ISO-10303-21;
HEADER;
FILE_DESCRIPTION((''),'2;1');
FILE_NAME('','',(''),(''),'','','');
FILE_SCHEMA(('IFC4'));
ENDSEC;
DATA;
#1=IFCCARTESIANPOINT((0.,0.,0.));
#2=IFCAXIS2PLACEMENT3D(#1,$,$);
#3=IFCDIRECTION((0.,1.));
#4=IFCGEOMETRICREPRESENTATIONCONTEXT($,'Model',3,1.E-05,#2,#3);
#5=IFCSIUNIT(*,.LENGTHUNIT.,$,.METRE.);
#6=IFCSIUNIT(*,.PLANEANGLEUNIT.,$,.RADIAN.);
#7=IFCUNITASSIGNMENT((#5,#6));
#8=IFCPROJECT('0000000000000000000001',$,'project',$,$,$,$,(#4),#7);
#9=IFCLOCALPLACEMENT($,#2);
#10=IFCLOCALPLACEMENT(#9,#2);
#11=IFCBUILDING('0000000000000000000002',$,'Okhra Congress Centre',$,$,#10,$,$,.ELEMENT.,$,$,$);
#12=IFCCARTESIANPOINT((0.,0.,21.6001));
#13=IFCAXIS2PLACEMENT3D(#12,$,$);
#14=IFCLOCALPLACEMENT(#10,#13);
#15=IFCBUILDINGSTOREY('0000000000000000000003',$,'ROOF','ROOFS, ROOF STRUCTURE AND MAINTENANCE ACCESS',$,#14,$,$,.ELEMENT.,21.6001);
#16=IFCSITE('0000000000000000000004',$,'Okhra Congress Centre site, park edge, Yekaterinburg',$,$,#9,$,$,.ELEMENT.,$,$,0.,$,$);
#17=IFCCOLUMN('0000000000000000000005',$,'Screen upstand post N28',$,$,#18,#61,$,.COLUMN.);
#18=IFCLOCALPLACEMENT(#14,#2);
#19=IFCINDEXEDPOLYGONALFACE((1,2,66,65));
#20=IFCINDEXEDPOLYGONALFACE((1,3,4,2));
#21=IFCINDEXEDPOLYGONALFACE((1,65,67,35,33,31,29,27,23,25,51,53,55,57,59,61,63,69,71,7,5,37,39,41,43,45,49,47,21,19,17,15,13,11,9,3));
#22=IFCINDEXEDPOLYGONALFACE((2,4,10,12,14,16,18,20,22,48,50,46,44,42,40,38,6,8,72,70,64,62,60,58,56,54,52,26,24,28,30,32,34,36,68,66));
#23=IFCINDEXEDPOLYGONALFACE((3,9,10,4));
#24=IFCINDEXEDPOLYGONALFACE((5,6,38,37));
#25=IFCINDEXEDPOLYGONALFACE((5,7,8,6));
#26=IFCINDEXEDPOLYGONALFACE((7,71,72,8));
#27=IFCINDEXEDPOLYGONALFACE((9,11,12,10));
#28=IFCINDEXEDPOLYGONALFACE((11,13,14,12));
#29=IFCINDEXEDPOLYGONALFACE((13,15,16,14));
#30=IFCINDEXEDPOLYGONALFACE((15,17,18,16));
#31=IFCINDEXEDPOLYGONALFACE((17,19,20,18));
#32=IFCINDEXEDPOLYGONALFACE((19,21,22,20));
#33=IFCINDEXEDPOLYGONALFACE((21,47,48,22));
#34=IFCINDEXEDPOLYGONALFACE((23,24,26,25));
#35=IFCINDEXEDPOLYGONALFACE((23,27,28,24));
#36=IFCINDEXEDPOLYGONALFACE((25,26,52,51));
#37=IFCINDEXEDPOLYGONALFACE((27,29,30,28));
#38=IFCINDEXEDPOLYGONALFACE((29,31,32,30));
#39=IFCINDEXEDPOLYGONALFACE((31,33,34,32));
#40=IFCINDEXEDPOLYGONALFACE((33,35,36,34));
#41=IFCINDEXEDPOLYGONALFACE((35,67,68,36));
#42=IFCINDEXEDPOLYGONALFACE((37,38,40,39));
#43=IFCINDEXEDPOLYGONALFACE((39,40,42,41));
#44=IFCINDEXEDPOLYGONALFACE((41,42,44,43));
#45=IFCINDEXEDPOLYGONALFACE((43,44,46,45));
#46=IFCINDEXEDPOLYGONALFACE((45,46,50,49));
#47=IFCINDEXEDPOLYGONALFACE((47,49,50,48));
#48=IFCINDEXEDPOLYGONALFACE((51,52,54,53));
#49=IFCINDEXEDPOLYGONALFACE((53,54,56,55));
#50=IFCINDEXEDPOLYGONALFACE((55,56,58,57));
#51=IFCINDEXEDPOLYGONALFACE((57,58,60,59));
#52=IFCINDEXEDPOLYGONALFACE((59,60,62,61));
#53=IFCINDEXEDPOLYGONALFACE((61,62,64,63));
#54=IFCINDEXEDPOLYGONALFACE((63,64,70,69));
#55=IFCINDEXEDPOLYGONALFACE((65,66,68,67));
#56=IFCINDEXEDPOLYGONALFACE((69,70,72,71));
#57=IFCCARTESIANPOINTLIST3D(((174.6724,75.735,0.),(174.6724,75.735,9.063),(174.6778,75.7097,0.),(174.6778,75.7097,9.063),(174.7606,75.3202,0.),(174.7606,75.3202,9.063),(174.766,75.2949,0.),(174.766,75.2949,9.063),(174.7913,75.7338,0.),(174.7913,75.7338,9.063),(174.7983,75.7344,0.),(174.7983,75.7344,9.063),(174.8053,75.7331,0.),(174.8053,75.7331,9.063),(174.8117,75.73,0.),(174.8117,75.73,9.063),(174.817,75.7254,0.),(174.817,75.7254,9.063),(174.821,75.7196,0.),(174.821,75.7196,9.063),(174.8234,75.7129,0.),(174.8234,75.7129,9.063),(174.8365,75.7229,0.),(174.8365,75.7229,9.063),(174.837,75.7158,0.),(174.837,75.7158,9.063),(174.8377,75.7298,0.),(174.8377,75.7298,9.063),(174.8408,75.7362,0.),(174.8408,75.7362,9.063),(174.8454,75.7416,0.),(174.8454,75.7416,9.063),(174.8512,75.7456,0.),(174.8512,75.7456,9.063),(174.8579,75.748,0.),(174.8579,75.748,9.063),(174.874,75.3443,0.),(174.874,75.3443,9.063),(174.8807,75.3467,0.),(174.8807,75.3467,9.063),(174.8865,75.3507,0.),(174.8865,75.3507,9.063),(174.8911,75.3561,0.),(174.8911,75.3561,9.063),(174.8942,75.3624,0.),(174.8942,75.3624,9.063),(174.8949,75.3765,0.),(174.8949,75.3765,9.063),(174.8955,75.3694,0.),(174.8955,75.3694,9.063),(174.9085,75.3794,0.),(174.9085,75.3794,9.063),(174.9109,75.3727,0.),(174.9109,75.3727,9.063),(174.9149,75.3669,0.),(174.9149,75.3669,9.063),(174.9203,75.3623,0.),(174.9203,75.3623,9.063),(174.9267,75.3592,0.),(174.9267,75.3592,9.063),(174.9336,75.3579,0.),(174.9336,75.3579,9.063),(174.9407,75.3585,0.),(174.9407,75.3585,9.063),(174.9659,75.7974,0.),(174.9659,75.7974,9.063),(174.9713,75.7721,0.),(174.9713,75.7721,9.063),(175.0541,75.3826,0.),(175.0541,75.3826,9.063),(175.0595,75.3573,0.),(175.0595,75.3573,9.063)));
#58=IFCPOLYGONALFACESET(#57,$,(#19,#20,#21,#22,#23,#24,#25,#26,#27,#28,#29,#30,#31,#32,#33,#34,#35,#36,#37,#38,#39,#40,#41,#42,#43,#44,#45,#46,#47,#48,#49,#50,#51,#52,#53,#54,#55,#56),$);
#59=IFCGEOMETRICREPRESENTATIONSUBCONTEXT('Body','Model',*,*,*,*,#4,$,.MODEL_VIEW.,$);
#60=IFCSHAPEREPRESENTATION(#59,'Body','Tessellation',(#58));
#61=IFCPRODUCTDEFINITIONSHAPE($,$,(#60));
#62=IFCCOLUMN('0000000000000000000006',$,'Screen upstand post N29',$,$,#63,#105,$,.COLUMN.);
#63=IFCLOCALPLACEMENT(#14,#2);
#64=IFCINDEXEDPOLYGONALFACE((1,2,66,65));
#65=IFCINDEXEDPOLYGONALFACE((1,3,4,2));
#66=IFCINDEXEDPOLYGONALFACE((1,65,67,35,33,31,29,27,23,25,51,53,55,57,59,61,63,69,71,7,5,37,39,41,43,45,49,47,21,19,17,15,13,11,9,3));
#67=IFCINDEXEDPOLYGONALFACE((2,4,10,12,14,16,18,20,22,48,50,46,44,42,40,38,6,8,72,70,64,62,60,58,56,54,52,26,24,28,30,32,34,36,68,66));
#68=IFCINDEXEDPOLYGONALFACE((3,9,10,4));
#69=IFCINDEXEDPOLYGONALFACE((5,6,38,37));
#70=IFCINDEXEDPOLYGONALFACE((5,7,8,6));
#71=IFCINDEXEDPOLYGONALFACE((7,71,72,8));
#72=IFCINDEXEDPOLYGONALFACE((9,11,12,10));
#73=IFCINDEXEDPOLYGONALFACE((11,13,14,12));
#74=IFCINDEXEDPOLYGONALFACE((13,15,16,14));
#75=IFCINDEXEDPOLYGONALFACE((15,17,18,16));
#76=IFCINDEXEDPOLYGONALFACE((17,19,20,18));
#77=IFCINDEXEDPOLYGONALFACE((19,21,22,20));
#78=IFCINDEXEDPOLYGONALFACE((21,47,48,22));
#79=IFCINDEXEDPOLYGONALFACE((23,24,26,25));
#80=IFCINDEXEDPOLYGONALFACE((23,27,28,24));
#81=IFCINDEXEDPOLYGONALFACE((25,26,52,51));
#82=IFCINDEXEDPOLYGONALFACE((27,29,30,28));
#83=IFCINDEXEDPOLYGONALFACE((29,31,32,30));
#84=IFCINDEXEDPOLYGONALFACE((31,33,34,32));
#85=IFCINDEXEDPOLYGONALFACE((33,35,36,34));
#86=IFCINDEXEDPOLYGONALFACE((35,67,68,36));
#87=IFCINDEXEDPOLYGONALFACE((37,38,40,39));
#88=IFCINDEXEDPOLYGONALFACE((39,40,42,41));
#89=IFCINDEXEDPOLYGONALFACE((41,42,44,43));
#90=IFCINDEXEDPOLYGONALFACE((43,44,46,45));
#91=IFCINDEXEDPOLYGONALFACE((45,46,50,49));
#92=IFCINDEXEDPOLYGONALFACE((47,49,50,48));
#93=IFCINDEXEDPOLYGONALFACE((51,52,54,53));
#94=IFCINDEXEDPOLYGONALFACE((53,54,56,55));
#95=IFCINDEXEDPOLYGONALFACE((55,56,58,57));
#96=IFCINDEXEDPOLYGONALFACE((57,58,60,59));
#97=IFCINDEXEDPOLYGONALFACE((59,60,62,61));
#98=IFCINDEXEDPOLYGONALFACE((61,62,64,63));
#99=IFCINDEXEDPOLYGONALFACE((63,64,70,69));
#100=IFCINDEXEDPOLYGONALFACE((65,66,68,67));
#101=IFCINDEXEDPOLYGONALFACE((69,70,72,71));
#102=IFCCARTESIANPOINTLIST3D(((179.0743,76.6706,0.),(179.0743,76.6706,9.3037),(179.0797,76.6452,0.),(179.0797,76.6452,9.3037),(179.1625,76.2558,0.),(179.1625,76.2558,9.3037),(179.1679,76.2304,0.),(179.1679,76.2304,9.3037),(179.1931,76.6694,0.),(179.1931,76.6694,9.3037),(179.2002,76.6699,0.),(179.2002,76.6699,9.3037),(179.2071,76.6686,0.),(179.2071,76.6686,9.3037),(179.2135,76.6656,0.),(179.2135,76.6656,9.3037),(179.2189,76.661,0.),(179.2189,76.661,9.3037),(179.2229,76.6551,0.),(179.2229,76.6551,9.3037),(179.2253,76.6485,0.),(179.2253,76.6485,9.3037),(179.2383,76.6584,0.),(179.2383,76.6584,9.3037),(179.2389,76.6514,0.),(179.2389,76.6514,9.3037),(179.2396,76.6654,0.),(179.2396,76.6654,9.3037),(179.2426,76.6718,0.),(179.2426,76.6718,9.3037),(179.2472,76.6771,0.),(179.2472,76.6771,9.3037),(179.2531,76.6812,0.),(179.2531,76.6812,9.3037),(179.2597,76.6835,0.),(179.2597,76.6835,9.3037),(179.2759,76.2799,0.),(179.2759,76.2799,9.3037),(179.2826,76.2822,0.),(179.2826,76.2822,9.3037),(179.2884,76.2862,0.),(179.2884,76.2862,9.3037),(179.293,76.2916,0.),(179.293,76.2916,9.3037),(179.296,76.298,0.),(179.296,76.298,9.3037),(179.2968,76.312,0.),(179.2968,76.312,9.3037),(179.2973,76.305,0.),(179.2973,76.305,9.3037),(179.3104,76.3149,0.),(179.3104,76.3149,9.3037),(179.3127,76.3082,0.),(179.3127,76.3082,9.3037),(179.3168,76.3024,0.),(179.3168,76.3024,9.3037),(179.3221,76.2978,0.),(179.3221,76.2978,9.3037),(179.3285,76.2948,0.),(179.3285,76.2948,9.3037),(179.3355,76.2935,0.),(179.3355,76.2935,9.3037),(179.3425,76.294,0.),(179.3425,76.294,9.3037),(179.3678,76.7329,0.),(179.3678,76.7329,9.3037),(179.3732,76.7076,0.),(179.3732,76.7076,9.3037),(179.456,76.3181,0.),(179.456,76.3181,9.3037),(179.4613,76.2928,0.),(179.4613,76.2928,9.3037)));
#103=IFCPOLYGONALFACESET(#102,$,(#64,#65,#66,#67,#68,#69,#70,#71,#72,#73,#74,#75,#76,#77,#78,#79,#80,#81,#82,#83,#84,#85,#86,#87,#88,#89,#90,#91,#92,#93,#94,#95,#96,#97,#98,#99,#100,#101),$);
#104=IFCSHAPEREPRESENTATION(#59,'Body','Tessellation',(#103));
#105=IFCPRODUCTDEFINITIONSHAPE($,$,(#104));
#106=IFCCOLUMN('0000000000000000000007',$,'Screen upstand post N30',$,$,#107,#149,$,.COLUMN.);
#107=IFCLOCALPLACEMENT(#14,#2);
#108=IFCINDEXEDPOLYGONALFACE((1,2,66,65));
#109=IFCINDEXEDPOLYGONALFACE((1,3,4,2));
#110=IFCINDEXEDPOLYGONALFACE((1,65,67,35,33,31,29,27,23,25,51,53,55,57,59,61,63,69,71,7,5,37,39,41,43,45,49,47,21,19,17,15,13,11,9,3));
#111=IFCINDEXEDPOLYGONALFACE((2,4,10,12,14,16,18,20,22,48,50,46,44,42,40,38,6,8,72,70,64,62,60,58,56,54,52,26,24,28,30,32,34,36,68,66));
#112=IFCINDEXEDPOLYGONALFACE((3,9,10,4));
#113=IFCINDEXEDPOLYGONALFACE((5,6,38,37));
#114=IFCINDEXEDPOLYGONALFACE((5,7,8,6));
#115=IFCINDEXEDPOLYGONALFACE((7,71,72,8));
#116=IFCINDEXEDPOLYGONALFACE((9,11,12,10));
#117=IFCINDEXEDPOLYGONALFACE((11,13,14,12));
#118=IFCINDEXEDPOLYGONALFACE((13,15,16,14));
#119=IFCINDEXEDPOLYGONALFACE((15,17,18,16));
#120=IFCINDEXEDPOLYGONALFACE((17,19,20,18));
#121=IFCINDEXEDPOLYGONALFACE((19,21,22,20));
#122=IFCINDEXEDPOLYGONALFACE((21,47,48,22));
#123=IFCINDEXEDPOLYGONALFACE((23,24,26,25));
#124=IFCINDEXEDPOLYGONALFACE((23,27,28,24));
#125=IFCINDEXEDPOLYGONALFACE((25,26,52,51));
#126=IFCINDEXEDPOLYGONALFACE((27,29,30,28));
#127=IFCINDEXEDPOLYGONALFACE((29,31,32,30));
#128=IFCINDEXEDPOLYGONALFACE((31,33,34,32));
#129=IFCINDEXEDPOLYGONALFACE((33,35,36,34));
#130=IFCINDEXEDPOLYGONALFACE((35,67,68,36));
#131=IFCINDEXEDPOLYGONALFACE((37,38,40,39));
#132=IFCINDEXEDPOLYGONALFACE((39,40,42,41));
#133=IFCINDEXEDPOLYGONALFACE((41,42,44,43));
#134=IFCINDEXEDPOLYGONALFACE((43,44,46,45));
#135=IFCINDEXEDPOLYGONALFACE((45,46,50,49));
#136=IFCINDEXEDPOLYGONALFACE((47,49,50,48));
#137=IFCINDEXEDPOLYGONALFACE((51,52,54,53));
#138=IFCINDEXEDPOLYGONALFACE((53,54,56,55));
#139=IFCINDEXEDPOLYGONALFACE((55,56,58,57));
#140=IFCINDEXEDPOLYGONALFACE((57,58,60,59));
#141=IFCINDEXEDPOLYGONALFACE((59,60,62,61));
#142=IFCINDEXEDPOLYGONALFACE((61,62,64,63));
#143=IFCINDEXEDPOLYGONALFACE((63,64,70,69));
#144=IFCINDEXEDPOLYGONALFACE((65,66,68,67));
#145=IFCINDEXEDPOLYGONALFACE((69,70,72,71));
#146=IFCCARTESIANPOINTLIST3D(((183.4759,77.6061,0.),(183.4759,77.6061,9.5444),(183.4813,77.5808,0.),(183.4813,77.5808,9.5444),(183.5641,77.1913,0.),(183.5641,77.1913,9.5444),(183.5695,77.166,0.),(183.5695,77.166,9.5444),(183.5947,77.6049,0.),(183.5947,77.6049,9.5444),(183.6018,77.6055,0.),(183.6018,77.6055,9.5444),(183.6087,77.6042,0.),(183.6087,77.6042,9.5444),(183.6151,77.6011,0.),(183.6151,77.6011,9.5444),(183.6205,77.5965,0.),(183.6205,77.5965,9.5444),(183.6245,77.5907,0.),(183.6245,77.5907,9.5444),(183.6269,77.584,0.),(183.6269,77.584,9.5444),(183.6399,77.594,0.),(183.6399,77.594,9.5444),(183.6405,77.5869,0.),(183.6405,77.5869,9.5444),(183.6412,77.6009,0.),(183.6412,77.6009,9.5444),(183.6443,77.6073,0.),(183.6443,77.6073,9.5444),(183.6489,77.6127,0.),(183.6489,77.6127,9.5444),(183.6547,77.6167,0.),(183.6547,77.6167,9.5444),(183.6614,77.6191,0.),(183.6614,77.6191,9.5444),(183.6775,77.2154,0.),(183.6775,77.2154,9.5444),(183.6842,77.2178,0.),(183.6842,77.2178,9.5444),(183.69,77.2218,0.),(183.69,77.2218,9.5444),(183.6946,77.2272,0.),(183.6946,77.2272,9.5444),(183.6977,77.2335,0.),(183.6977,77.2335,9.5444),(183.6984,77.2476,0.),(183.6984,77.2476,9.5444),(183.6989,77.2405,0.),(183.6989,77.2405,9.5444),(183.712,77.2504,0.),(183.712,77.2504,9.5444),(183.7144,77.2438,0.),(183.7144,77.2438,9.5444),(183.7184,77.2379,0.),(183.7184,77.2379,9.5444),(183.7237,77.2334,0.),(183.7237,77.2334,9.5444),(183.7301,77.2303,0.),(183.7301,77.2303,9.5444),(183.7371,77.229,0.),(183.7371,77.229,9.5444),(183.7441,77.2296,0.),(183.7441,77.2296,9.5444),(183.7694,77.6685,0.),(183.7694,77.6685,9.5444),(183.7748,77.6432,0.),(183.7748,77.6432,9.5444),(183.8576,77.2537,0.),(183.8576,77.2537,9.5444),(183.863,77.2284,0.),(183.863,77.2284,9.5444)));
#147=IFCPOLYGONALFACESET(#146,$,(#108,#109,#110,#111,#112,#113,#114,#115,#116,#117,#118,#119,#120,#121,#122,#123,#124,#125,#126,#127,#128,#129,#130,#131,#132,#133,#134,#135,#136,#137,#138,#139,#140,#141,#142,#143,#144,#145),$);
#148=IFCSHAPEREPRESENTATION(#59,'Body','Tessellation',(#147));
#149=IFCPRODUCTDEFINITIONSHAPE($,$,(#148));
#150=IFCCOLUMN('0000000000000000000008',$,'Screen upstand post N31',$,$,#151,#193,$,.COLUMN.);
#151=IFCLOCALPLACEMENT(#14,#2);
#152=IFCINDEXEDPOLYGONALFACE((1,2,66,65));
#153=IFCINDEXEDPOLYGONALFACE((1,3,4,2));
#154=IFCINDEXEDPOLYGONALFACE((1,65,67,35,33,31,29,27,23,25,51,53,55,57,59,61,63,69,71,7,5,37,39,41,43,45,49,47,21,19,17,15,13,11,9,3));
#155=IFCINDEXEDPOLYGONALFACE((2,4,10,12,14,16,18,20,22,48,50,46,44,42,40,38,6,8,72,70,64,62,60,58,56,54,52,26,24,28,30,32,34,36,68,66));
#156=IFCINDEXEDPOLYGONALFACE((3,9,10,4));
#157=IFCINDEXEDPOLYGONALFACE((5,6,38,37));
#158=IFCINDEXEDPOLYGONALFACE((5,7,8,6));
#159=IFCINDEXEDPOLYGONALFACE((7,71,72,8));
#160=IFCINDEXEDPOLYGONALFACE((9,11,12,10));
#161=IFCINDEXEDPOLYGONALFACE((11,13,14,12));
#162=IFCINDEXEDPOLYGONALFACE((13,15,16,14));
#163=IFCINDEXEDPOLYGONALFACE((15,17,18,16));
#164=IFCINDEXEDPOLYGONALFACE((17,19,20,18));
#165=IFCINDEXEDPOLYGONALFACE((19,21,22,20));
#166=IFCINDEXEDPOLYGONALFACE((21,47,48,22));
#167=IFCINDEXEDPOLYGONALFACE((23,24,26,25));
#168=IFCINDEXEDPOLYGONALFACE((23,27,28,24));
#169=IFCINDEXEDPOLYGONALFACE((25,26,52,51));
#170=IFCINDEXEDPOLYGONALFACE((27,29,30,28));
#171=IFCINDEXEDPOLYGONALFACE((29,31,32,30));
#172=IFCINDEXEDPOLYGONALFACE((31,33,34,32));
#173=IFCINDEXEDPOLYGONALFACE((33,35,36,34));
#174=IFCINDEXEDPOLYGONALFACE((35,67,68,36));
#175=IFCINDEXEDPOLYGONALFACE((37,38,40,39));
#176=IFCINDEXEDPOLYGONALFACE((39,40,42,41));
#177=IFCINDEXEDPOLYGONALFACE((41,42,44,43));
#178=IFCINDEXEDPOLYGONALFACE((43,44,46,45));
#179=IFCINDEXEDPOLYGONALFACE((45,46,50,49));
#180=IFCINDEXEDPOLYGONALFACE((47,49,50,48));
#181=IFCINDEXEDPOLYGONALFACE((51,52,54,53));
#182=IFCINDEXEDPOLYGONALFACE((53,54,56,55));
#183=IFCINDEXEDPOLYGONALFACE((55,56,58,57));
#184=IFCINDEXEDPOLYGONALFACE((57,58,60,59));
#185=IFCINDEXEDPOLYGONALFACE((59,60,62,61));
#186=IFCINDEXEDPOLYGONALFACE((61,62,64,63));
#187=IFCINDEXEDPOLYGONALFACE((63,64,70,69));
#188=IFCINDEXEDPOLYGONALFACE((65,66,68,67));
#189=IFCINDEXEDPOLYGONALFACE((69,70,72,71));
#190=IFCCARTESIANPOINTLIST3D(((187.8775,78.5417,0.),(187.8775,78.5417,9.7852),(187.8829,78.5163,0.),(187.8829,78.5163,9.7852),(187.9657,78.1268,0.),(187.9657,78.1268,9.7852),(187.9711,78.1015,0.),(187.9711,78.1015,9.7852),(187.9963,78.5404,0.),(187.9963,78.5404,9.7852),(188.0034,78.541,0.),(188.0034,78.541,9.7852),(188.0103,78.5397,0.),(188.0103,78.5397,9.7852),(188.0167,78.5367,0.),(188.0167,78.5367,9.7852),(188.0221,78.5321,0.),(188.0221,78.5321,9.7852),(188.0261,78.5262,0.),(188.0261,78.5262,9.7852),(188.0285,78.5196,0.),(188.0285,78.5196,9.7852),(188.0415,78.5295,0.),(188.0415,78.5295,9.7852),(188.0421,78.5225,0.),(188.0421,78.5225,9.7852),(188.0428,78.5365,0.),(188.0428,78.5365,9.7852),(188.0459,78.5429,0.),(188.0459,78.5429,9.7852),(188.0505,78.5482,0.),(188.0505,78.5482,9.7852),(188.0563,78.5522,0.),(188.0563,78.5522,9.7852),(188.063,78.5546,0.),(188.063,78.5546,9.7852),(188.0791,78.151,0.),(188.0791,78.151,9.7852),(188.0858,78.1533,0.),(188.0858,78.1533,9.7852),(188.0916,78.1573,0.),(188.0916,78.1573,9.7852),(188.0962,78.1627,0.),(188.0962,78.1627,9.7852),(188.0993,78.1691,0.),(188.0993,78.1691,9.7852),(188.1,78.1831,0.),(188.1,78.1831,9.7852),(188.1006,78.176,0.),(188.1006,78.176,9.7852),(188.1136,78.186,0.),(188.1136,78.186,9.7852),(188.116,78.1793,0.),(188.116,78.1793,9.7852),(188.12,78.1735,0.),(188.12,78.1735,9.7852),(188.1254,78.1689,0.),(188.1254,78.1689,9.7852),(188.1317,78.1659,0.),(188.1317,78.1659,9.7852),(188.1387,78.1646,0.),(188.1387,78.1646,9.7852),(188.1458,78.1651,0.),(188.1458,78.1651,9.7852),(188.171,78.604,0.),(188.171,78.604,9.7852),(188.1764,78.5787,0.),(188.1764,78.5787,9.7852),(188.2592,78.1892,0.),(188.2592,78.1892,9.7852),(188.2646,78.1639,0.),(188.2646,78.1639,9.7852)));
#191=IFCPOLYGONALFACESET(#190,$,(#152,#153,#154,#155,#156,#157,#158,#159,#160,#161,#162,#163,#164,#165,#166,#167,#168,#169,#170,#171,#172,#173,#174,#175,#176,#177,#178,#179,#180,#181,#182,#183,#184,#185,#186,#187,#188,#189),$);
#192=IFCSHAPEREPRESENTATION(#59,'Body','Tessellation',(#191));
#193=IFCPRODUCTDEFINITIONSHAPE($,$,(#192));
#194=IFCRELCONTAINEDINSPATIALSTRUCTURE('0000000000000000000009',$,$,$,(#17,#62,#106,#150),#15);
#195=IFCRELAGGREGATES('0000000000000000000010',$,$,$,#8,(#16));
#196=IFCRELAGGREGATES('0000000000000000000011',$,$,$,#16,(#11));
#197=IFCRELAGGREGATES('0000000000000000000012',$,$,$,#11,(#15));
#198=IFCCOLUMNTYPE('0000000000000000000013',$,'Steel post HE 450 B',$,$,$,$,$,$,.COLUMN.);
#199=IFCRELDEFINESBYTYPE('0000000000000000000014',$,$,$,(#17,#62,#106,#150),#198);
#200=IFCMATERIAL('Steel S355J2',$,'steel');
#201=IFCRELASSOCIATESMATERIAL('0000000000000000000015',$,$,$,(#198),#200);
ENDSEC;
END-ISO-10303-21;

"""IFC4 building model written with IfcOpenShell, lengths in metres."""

from ifc_helpers import new_model, si_unit, direction, frame, origin, origin_2d, place, context, subcontext, project, spatial, i_section, extrude, material, material_profile, profile_set, type_object, element, save


model = new_model("IFC4")

# Units and contexts
model_context = context("Model", 3, precision=1e-05, world=origin(), true_north=direction((0.0, 1.0)))
body_context = subcontext(model_context, "Body", "Model", "MODEL_VIEW")
ifc_project = project(units=[si_unit("LENGTHUNIT", "METRE"), si_unit("PLANEANGLEUNIT", "RADIAN")], contexts=[model_context])

# Site, building, storey
site_placement = place(None, origin())
site = spatial("IfcSite", under=ifc_project, at=site_placement, Name="Okhra Congress Centre site, park edge, Yekaterinburg", CompositionType="ELEMENT", RefElevation=0.0)
building_placement = place(site_placement, origin())
building = spatial("IfcBuilding", under=site, at=building_placement, Name="Okhra Congress Centre", CompositionType="ELEMENT")
storey_placement = place(building_placement, frame((0.0, 0.0, 21.6001)))
storey = spatial("IfcBuildingStorey", under=building, at=storey_placement, Name="ROOF", Description="ROOFS, ROOF STRUCTURE AND MAINTENANCE ACCESS", CompositionType="ELEMENT", Elevation=21.6001)

# Columns
ifc_material_1 = material(Name="Steel S355J2", Category="steel")
ifc_material_profile_1 = material_profile(ifc_material_1, i_section(OverallWidth=0.3, OverallDepth=0.45, WebThickness=0.0139, FlangeThickness=0.0259, FilletRadius=0.0271, at=origin_2d()), Name="HE 450 B")
ifc_profile_set_1 = profile_set([ifc_material_profile_1], Name="Steel S355J2")
column_type = type_object("IfcColumnType", Name="Steel post HE 450 B", PredefinedType="COLUMN", material=ifc_profile_set_1)
column_1_placement = place(storey_placement, frame((174.866, 75.5461, 0.0), z_axis=(0.0, 0.0, 1.0), x_axis=(0.978148, 0.207912, 0.0)))
element("IfcColumn", 1, at=column_1_placement, inside=storey, type_object=column_type, Name="Screen upstand post N28", PredefinedType="COLUMN", context=body_context, shape_type="SweptSolid", body=[
    extrude(i_section(OverallWidth=0.3, OverallDepth=0.45, WebThickness=0.0139, FlangeThickness=0.0259, FilletRadius=0.0271, at=origin_2d()), origin(), (0.0, 0.0, 1.0), 9.063),
])
column_2_placement = place(storey_placement, frame((179.2678, 76.4817, 0.0), z_axis=(0.0, 0.0, 1.0), x_axis=(0.978148, 0.207912, 0.0)))
element("IfcColumn", 2, at=column_2_placement, inside=storey, type_object=column_type, Name="Screen upstand post N29", PredefinedType="COLUMN", context=body_context, shape_type="SweptSolid", body=[
    extrude(i_section(OverallWidth=0.3, OverallDepth=0.45, WebThickness=0.0139, FlangeThickness=0.0259, FilletRadius=0.0271, at=origin_2d()), origin(), (0.0, 0.0, 1.0), 9.3037),
])
column_3_placement = place(storey_placement, frame((183.6694, 77.4172, 0.0), z_axis=(0.0, 0.0, 1.0), x_axis=(0.978148, 0.207912, 0.0)))
element("IfcColumn", 3, at=column_3_placement, inside=storey, type_object=column_type, Name="Screen upstand post N30", PredefinedType="COLUMN", context=body_context, shape_type="SweptSolid", body=[
    extrude(i_section(OverallWidth=0.3, OverallDepth=0.45, WebThickness=0.0139, FlangeThickness=0.0259, FilletRadius=0.0271, at=origin_2d()), origin(), (0.0, 0.0, 1.0), 9.5444),
])
column_4_placement = place(storey_placement, frame((188.071, 78.3528, 0.0), z_axis=(0.0, 0.0, 1.0), x_axis=(0.978148, 0.207912, 0.0)))
element("IfcColumn", 4, at=column_4_placement, inside=storey, type_object=column_type, Name="Screen upstand post N31", PredefinedType="COLUMN", context=body_context, shape_type="SweptSolid", body=[
    extrude(i_section(OverallWidth=0.3, OverallDepth=0.45, WebThickness=0.0139, FlangeThickness=0.0259, FilletRadius=0.0271, at=origin_2d()), origin(), (0.0, 0.0, 1.0), 9.7852),
])

save(model, "model.ifc")
